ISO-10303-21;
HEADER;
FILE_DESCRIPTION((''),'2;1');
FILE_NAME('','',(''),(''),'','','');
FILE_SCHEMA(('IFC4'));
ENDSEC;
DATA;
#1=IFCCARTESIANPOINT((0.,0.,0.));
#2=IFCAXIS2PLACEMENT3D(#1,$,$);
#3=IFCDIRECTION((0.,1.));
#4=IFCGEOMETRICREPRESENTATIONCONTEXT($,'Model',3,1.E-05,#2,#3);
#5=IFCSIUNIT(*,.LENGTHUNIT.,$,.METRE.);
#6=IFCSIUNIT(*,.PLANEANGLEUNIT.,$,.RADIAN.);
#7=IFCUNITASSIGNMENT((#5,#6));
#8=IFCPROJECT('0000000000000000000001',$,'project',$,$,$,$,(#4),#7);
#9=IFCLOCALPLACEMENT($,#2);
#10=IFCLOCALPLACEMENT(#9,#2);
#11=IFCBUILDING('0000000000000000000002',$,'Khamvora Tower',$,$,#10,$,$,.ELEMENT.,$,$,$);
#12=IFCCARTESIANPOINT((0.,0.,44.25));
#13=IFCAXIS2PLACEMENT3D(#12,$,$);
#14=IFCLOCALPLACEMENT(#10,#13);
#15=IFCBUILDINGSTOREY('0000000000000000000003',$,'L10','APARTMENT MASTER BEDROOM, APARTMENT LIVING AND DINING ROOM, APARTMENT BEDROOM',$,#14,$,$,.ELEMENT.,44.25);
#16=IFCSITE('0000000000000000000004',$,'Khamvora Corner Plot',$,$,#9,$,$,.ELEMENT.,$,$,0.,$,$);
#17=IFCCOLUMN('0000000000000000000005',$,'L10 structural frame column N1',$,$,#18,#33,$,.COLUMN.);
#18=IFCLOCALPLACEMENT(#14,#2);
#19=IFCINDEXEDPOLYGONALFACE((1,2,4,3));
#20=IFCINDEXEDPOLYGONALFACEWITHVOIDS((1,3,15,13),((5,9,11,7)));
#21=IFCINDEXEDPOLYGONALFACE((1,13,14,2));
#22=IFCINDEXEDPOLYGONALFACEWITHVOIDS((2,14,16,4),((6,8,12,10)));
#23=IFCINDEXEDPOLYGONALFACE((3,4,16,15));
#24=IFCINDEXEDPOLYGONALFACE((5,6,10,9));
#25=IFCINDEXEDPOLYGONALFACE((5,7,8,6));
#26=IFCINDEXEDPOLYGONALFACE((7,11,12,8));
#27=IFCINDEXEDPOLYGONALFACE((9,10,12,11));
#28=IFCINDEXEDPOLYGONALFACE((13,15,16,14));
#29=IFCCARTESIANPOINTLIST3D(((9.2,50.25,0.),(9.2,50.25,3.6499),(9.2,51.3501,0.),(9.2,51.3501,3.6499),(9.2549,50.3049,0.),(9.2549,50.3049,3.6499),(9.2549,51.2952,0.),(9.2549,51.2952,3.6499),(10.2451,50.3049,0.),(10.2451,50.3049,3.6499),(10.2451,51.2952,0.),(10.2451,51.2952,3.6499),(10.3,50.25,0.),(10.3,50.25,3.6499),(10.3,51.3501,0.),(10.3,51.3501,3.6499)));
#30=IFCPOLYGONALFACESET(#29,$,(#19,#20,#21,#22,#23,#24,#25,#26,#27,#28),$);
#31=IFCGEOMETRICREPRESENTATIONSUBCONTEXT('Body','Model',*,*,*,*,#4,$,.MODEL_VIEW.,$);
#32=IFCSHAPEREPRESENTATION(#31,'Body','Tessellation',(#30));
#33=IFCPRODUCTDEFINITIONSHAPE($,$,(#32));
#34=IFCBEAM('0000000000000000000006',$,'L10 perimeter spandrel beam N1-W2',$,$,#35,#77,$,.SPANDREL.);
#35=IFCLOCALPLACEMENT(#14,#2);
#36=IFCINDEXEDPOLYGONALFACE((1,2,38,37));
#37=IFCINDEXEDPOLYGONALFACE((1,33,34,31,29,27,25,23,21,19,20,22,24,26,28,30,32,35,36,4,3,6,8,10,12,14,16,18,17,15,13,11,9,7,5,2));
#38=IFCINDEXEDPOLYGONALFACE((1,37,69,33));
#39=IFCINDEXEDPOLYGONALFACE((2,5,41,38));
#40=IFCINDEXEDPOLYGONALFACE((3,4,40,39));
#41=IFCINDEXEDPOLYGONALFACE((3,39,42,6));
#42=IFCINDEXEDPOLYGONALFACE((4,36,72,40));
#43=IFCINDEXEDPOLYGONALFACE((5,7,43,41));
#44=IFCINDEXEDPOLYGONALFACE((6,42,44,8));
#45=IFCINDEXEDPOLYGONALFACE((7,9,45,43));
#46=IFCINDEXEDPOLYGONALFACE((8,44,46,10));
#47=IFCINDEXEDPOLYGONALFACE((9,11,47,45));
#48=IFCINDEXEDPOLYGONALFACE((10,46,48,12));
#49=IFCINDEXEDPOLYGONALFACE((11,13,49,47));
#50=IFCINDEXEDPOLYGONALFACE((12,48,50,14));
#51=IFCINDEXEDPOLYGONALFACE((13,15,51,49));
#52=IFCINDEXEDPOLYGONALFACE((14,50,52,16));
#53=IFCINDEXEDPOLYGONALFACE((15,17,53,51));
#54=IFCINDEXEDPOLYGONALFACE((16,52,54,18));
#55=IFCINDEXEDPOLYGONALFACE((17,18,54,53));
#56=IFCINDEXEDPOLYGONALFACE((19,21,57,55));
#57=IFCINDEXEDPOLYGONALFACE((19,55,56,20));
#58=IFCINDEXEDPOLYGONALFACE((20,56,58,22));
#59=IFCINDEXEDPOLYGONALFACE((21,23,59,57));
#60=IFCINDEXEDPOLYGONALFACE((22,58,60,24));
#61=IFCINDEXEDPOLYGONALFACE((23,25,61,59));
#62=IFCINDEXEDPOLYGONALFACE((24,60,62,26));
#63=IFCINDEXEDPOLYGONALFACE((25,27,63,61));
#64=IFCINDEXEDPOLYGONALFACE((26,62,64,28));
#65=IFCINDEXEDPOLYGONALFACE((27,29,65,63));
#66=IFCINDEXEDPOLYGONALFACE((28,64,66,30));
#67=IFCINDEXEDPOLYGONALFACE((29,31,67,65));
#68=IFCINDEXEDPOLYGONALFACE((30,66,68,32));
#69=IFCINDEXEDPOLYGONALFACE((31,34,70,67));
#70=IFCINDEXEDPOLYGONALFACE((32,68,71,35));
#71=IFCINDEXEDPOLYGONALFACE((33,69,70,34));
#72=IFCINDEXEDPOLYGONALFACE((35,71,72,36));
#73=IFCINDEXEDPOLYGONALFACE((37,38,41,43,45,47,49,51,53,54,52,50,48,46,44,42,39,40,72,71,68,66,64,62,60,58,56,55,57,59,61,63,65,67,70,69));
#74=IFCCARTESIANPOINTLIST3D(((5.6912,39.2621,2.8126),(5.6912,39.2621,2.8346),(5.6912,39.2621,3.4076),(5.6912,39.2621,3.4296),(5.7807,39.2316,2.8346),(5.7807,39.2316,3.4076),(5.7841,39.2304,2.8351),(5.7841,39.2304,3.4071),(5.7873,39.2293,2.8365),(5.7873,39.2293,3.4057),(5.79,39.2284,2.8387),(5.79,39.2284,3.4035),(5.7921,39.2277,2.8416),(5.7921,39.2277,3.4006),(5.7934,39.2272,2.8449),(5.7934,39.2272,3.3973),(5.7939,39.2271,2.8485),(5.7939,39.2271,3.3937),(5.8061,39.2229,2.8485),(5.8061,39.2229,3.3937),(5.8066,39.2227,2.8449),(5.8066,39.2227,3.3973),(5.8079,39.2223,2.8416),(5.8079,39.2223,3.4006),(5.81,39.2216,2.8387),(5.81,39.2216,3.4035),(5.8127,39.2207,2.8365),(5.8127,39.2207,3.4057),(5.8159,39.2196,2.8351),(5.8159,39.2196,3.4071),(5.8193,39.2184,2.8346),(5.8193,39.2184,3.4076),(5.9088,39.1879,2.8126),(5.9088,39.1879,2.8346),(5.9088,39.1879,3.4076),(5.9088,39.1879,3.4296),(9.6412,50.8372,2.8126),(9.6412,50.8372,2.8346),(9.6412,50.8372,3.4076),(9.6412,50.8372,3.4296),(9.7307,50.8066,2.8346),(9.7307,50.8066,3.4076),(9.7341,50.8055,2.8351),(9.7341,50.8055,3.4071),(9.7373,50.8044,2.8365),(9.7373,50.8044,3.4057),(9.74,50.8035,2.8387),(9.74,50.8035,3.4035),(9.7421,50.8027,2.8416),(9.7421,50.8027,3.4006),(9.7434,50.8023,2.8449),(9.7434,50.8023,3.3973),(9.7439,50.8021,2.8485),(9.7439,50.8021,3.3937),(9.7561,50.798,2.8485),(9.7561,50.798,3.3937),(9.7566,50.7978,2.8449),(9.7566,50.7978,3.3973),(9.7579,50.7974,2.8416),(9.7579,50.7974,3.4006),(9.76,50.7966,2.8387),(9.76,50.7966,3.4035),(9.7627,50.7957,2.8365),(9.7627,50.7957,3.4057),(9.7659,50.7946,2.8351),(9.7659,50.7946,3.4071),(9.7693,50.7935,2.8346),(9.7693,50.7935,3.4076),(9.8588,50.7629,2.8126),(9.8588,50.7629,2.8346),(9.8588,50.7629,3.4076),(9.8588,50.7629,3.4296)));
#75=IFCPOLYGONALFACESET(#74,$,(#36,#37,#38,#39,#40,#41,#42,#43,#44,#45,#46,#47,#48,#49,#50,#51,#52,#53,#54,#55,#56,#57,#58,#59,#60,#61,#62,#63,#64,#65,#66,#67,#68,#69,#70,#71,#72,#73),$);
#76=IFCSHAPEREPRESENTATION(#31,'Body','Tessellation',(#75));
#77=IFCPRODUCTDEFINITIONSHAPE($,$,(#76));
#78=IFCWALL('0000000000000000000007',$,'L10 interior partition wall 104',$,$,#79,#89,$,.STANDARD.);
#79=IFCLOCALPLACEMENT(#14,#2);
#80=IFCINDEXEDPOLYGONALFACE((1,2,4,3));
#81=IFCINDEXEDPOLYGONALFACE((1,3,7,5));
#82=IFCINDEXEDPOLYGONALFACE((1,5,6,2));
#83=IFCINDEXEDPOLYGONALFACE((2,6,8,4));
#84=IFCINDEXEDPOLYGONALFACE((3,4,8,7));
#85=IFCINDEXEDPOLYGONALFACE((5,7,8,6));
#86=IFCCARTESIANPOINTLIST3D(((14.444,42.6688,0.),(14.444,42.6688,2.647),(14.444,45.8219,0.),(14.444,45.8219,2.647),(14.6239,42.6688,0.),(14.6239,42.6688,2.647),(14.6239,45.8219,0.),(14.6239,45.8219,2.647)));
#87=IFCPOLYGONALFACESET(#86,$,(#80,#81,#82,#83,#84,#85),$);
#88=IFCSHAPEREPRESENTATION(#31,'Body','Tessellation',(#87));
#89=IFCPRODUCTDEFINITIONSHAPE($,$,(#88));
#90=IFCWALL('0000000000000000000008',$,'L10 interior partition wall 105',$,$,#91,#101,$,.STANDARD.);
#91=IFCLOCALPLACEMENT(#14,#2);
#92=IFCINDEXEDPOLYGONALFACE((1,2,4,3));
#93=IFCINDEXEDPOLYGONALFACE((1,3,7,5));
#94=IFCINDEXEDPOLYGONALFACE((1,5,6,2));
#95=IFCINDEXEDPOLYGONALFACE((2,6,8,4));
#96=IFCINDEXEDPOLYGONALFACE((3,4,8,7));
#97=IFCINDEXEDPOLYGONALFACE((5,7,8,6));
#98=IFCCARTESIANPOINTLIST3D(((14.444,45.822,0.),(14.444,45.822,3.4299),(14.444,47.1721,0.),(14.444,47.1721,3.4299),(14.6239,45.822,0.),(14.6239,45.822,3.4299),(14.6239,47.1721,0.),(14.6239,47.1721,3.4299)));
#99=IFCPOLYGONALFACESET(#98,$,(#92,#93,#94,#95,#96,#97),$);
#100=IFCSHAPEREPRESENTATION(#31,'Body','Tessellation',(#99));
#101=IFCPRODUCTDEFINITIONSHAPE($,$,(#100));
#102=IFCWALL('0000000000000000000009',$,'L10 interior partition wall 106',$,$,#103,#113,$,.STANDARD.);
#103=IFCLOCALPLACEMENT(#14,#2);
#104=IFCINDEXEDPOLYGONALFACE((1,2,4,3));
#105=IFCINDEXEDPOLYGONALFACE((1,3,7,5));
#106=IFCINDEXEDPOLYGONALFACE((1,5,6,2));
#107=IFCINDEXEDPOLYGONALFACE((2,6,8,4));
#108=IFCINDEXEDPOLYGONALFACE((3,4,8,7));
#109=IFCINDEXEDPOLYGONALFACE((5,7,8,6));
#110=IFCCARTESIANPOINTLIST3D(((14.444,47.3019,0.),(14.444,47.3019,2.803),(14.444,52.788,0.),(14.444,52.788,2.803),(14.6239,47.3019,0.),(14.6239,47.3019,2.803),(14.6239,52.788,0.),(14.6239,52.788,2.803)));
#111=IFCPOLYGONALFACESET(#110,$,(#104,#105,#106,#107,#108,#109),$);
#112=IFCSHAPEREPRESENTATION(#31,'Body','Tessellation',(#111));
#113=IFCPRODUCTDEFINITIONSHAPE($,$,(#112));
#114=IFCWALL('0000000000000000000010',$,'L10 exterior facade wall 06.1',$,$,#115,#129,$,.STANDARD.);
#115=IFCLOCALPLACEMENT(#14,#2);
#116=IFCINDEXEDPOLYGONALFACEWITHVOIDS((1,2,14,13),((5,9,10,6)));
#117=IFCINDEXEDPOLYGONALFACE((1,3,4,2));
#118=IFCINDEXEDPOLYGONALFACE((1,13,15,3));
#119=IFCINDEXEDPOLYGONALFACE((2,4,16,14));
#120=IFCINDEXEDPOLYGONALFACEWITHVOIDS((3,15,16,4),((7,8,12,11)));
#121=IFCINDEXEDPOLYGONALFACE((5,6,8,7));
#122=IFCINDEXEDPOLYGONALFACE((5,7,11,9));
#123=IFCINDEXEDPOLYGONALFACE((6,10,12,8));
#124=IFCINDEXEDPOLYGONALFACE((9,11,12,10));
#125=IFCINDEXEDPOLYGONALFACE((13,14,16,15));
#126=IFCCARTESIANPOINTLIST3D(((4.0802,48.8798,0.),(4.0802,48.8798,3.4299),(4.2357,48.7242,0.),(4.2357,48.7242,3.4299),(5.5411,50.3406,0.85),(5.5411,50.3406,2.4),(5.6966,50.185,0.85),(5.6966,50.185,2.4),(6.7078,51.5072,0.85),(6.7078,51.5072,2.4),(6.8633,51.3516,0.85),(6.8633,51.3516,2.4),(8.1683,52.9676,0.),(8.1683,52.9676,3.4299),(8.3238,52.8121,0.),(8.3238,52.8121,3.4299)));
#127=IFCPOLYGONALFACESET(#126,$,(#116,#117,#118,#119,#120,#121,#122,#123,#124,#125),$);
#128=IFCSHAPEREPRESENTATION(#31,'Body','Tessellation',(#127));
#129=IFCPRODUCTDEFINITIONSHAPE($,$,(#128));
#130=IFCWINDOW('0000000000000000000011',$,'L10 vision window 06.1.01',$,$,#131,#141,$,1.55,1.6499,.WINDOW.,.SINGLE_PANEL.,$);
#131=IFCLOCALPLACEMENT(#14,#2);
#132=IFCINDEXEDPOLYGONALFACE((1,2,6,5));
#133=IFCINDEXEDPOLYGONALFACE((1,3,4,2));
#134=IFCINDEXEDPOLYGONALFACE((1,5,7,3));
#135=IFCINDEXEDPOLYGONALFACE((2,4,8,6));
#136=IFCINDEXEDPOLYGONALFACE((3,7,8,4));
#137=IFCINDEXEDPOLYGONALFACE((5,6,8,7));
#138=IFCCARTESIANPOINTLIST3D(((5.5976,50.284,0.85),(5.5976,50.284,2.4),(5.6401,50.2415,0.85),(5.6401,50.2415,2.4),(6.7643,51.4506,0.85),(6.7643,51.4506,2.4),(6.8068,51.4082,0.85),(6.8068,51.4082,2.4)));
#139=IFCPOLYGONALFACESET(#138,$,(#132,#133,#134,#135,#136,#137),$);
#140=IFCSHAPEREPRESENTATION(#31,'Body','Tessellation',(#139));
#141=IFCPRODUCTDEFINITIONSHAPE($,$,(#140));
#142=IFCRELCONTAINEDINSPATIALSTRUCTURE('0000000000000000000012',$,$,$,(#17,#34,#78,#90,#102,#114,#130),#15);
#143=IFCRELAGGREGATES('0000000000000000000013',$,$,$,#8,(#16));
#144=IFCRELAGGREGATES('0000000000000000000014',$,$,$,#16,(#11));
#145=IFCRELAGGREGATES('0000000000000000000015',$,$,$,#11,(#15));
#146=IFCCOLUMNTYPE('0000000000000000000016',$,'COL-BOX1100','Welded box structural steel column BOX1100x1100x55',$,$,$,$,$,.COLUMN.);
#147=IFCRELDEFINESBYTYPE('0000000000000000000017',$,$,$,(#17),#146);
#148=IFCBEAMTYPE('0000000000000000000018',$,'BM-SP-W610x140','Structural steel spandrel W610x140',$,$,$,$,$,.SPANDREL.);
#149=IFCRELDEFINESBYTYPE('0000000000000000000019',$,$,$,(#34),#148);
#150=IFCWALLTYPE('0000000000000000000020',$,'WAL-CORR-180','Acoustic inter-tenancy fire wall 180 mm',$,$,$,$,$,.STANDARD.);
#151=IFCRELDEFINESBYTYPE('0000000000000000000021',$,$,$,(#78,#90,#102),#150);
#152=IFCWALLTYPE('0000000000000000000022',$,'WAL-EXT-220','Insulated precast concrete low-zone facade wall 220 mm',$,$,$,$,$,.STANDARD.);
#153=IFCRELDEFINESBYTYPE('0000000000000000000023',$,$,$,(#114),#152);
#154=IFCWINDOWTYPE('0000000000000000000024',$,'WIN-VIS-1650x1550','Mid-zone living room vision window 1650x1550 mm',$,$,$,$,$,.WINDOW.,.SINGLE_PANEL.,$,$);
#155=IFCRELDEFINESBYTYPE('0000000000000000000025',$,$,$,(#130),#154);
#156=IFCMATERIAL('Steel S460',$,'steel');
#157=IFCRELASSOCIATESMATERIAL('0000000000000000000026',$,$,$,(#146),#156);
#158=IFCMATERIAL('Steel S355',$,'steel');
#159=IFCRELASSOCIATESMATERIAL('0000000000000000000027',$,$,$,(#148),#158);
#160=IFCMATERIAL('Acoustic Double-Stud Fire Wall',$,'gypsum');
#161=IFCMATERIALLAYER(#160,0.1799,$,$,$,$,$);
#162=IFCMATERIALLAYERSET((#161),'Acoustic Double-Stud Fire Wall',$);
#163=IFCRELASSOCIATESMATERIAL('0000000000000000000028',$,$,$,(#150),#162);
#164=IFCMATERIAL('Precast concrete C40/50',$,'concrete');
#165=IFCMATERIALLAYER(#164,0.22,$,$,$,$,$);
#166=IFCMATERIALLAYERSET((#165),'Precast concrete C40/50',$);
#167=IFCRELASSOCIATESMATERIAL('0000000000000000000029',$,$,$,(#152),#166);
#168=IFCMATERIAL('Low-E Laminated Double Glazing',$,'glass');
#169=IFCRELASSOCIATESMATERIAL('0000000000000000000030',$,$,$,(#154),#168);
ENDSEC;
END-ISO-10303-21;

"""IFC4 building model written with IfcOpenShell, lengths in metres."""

from ifc_helpers import new_model, si_unit, direction, frame, frame_2d, origin, origin_2d, place, context, subcontext, project, spatial, rectangle, hollow_rectangle, i_section, extrude, material, layer, layer_set, material_profile, profile_set, type_object, element, fill, save


model = new_model("IFC4")

# Units and contexts
model_context = context("Model", 3, precision=1e-05, world=origin(), true_north=direction((0.0, 1.0)))
body_context = subcontext(model_context, "Body", "Model", "MODEL_VIEW")
ifc_project = project(units=[si_unit("LENGTHUNIT", "METRE"), si_unit("PLANEANGLEUNIT", "RADIAN")], contexts=[model_context])

# Site, building, storey
site_placement = place(None, origin())
site = spatial("IfcSite", under=ifc_project, at=site_placement, Name="Khamvora Corner Plot", CompositionType="ELEMENT", RefElevation=0.0)
building_placement = place(site_placement, origin())
building = spatial("IfcBuilding", under=site, at=building_placement, Name="Khamvora Tower", CompositionType="ELEMENT")
storey_placement = place(building_placement, frame((0.0, 0.0, 44.25)))
storey = spatial("IfcBuildingStorey", under=building, at=storey_placement, Name="L10", Description="APARTMENT MASTER BEDROOM, APARTMENT LIVING AND DINING ROOM, APARTMENT BEDROOM", CompositionType="ELEMENT", Elevation=44.25)

# Column
ifc_material_1 = material(Name="Steel S460", Category="steel")
ifc_material_profile_1 = material_profile(ifc_material_1, hollow_rectangle(XDim=1.1001, YDim=1.1001, WallThickness=0.0549, at=origin_2d()), Name="BOX1100x1100x55")
ifc_profile_set_1 = profile_set([ifc_material_profile_1], Name="Steel S460")
column_type = type_object("IfcColumnType", Name="COL-BOX1100", Description="Welded box structural steel column BOX1100x1100x55", PredefinedType="COLUMN", material=ifc_profile_set_1)
column_placement = place(storey_placement, frame((9.75, 50.8, 0.0), z_axis=(0.0, 0.0, 1.0), x_axis=(1.0, 0.0, 0.0)))
element("IfcColumn", 1, at=column_placement, inside=storey, type_object=column_type, Name="L10 structural frame column N1", PredefinedType="COLUMN", context=body_context, shape_type="SweptSolid", body=[
    extrude(hollow_rectangle(XDim=1.1001, YDim=1.1001, WallThickness=0.0549, at=origin_2d()), origin(), (0.0, 0.0, 1.0), 3.6499),
])

# Beam
ifc_material_2 = material(Name="Steel S355", Category="steel")
ifc_material_profile_2 = material_profile(ifc_material_2, i_section(OverallWidth=0.23, OverallDepth=0.6169, WebThickness=0.0129, FlangeThickness=0.022, FilletRadius=0.0139, at=origin_2d()), Name="W610x140")
ifc_profile_set_2 = profile_set([ifc_material_profile_2], Name="Steel S355")
beam_type = type_object("IfcBeamType", Name="BM-SP-W610x140", Description="Structural steel spandrel W610x140", PredefinedType="SPANDREL", material=ifc_profile_set_2)
beam_placement = place(storey_placement, frame((9.75, 50.8, 3.1211), z_axis=(-0.322963, -0.946412, 0.0), x_axis=(0.946412, -0.322963, 0.0)))
element("IfcBeam", 2, at=beam_placement, inside=storey, type_object=beam_type, Name="L10 perimeter spandrel beam N1-W2", PredefinedType="SPANDREL", context=body_context, shape_type="SweptSolid", body=[
    extrude(i_section(OverallWidth=0.23, OverallDepth=0.6169, WebThickness=0.0129, FlangeThickness=0.022, FilletRadius=0.0139, at=origin_2d()), origin(), (0.0, 0.0, 1.0), 12.2305),
])

# Walls
ifc_material_3 = material(Name="Acoustic Double-Stud Fire Wall", Category="gypsum")
ifc_layer_1 = layer(ifc_material_3, 0.1799)
ifc_layer_set_1 = layer_set([ifc_layer_1], Name="Acoustic Double-Stud Fire Wall")
wall_type_1 = type_object("IfcWallType", Name="WAL-CORR-180", Description="Acoustic inter-tenancy fire wall 180 mm", PredefinedType="STANDARD", material=ifc_layer_set_1)
wall_1_placement = place(storey_placement, frame((14.5339, 45.822, 0.0), z_axis=(0.0, 0.0, 1.0), x_axis=(0.0, -1.0, 0.0)))
element("IfcWall", 3, at=wall_1_placement, inside=storey, type_object=wall_type_1, Name="L10 interior partition wall 104", PredefinedType="STANDARD", context=body_context, shape_type="SweptSolid", body=[
    extrude(rectangle(XDim=3.1531, YDim=0.1799, at=frame_2d((1.5767, 0.0))), origin(), (0.0, 0.0, 1.0), 2.647),
])
wall_2_placement = place(storey_placement, frame((14.5339, 47.1721, 0.0), z_axis=(0.0, 0.0, 1.0), x_axis=(0.0, -1.0, 0.0)))
element("IfcWall", 4, at=wall_2_placement, inside=storey, type_object=wall_type_1, Name="L10 interior partition wall 105", PredefinedType="STANDARD", context=body_context, shape_type="SweptSolid", body=[
    extrude(rectangle(XDim=1.3501, YDim=0.1799, at=frame_2d((0.675, 0.0))), origin(), (0.0, 0.0, 1.0), 3.4299),
])
wall_3_placement = place(storey_placement, frame((14.5339, 52.7881, 0.0), z_axis=(0.0, 0.0, 1.0), x_axis=(0.0, -1.0, 0.0)))
element("IfcWall", 5, at=wall_3_placement, inside=storey, type_object=wall_type_1, Name="L10 interior partition wall 106", PredefinedType="STANDARD", context=body_context, shape_type="SweptSolid", body=[
    extrude(rectangle(XDim=5.4861, YDim=0.1799, at=frame_2d((2.7432, 0.0))), origin(), (0.0, 0.0, 1.0), 2.803),
])

# Wall, opening, window
ifc_material_4 = material(Name="Precast concrete C40/50", Category="concrete")
ifc_layer_2 = layer(ifc_material_4, 0.22)
ifc_layer_set_2 = layer_set([ifc_layer_2], Name="Precast concrete C40/50")
wall_type_2 = type_object("IfcWallType", Name="WAL-EXT-220", Description="Insulated precast concrete low-zone facade wall 220 mm", PredefinedType="STANDARD", material=ifc_layer_set_2)
wall_4_placement = place(storey_placement, frame((4.158, 48.802, 0.0), z_axis=(0.0, 0.0, 1.0), x_axis=(0.707128, 0.707086, 0.0)))
wall_4 = element("IfcWall", 6, at=wall_4_placement, inside=storey, type_object=wall_type_2, Name="L10 exterior facade wall 06.1", PredefinedType="STANDARD", context=body_context, shape_type="SweptSolid", body=[
    extrude(rectangle(XDim=5.7812, YDim=0.22, at=frame_2d((2.8906, 0.0))), origin(), (0.0, 0.0, 1.0), 3.4299),
])
opening_1_placement = place(wall_4_placement, frame((2.0659, 0.0, 0.8501)))
opening_1 = element("IfcOpeningElement", 7, at=opening_1_placement, cuts=wall_4, PredefinedType="OPENING", context=body_context, shape_type="SweptSolid", body=[
    extrude(rectangle(XDim=1.6499, YDim=1.55, at=frame_2d((0.825, 0.7749))), frame((0.0, 0.1199, 0.0), z_axis=(0.0, -1.0, 0.0), x_axis=(1.0, 0.0, 0.0)), (0.0, 0.0, 1.0), 0.24),
])
ifc_material_5 = material(Name="Low-E Laminated Double Glazing", Category="glass")
window_type_1 = type_object("IfcWindowType", Name="WIN-VIS-1650x1550", Description="Mid-zone living room vision window 1650x1550 mm", PartitioningType="SINGLE_PANEL", PredefinedType="WINDOW", material=ifc_material_5)
window_1_placement = place(opening_1_placement, origin())
window_1 = element("IfcWindow", 8, at=window_1_placement, inside=storey, type_object=window_type_1, Name="L10 vision window 06.1.01", OverallHeight=1.55, OverallWidth=1.6499, PartitioningType="SINGLE_PANEL", PredefinedType="WINDOW", context=body_context, shape_type="SweptSolid", body=[
    extrude(rectangle(XDim=1.6499, YDim=1.55, at=frame_2d((0.825, 0.7749))), frame((0.0, 0.03, 0.0), z_axis=(0.0, -1.0, 0.0), x_axis=(1.0, 0.0, 0.0)), (0.0, 0.0, 1.0), 0.0601),
])
fill(opening_1, window_1)

save(model, "model.ifc")
